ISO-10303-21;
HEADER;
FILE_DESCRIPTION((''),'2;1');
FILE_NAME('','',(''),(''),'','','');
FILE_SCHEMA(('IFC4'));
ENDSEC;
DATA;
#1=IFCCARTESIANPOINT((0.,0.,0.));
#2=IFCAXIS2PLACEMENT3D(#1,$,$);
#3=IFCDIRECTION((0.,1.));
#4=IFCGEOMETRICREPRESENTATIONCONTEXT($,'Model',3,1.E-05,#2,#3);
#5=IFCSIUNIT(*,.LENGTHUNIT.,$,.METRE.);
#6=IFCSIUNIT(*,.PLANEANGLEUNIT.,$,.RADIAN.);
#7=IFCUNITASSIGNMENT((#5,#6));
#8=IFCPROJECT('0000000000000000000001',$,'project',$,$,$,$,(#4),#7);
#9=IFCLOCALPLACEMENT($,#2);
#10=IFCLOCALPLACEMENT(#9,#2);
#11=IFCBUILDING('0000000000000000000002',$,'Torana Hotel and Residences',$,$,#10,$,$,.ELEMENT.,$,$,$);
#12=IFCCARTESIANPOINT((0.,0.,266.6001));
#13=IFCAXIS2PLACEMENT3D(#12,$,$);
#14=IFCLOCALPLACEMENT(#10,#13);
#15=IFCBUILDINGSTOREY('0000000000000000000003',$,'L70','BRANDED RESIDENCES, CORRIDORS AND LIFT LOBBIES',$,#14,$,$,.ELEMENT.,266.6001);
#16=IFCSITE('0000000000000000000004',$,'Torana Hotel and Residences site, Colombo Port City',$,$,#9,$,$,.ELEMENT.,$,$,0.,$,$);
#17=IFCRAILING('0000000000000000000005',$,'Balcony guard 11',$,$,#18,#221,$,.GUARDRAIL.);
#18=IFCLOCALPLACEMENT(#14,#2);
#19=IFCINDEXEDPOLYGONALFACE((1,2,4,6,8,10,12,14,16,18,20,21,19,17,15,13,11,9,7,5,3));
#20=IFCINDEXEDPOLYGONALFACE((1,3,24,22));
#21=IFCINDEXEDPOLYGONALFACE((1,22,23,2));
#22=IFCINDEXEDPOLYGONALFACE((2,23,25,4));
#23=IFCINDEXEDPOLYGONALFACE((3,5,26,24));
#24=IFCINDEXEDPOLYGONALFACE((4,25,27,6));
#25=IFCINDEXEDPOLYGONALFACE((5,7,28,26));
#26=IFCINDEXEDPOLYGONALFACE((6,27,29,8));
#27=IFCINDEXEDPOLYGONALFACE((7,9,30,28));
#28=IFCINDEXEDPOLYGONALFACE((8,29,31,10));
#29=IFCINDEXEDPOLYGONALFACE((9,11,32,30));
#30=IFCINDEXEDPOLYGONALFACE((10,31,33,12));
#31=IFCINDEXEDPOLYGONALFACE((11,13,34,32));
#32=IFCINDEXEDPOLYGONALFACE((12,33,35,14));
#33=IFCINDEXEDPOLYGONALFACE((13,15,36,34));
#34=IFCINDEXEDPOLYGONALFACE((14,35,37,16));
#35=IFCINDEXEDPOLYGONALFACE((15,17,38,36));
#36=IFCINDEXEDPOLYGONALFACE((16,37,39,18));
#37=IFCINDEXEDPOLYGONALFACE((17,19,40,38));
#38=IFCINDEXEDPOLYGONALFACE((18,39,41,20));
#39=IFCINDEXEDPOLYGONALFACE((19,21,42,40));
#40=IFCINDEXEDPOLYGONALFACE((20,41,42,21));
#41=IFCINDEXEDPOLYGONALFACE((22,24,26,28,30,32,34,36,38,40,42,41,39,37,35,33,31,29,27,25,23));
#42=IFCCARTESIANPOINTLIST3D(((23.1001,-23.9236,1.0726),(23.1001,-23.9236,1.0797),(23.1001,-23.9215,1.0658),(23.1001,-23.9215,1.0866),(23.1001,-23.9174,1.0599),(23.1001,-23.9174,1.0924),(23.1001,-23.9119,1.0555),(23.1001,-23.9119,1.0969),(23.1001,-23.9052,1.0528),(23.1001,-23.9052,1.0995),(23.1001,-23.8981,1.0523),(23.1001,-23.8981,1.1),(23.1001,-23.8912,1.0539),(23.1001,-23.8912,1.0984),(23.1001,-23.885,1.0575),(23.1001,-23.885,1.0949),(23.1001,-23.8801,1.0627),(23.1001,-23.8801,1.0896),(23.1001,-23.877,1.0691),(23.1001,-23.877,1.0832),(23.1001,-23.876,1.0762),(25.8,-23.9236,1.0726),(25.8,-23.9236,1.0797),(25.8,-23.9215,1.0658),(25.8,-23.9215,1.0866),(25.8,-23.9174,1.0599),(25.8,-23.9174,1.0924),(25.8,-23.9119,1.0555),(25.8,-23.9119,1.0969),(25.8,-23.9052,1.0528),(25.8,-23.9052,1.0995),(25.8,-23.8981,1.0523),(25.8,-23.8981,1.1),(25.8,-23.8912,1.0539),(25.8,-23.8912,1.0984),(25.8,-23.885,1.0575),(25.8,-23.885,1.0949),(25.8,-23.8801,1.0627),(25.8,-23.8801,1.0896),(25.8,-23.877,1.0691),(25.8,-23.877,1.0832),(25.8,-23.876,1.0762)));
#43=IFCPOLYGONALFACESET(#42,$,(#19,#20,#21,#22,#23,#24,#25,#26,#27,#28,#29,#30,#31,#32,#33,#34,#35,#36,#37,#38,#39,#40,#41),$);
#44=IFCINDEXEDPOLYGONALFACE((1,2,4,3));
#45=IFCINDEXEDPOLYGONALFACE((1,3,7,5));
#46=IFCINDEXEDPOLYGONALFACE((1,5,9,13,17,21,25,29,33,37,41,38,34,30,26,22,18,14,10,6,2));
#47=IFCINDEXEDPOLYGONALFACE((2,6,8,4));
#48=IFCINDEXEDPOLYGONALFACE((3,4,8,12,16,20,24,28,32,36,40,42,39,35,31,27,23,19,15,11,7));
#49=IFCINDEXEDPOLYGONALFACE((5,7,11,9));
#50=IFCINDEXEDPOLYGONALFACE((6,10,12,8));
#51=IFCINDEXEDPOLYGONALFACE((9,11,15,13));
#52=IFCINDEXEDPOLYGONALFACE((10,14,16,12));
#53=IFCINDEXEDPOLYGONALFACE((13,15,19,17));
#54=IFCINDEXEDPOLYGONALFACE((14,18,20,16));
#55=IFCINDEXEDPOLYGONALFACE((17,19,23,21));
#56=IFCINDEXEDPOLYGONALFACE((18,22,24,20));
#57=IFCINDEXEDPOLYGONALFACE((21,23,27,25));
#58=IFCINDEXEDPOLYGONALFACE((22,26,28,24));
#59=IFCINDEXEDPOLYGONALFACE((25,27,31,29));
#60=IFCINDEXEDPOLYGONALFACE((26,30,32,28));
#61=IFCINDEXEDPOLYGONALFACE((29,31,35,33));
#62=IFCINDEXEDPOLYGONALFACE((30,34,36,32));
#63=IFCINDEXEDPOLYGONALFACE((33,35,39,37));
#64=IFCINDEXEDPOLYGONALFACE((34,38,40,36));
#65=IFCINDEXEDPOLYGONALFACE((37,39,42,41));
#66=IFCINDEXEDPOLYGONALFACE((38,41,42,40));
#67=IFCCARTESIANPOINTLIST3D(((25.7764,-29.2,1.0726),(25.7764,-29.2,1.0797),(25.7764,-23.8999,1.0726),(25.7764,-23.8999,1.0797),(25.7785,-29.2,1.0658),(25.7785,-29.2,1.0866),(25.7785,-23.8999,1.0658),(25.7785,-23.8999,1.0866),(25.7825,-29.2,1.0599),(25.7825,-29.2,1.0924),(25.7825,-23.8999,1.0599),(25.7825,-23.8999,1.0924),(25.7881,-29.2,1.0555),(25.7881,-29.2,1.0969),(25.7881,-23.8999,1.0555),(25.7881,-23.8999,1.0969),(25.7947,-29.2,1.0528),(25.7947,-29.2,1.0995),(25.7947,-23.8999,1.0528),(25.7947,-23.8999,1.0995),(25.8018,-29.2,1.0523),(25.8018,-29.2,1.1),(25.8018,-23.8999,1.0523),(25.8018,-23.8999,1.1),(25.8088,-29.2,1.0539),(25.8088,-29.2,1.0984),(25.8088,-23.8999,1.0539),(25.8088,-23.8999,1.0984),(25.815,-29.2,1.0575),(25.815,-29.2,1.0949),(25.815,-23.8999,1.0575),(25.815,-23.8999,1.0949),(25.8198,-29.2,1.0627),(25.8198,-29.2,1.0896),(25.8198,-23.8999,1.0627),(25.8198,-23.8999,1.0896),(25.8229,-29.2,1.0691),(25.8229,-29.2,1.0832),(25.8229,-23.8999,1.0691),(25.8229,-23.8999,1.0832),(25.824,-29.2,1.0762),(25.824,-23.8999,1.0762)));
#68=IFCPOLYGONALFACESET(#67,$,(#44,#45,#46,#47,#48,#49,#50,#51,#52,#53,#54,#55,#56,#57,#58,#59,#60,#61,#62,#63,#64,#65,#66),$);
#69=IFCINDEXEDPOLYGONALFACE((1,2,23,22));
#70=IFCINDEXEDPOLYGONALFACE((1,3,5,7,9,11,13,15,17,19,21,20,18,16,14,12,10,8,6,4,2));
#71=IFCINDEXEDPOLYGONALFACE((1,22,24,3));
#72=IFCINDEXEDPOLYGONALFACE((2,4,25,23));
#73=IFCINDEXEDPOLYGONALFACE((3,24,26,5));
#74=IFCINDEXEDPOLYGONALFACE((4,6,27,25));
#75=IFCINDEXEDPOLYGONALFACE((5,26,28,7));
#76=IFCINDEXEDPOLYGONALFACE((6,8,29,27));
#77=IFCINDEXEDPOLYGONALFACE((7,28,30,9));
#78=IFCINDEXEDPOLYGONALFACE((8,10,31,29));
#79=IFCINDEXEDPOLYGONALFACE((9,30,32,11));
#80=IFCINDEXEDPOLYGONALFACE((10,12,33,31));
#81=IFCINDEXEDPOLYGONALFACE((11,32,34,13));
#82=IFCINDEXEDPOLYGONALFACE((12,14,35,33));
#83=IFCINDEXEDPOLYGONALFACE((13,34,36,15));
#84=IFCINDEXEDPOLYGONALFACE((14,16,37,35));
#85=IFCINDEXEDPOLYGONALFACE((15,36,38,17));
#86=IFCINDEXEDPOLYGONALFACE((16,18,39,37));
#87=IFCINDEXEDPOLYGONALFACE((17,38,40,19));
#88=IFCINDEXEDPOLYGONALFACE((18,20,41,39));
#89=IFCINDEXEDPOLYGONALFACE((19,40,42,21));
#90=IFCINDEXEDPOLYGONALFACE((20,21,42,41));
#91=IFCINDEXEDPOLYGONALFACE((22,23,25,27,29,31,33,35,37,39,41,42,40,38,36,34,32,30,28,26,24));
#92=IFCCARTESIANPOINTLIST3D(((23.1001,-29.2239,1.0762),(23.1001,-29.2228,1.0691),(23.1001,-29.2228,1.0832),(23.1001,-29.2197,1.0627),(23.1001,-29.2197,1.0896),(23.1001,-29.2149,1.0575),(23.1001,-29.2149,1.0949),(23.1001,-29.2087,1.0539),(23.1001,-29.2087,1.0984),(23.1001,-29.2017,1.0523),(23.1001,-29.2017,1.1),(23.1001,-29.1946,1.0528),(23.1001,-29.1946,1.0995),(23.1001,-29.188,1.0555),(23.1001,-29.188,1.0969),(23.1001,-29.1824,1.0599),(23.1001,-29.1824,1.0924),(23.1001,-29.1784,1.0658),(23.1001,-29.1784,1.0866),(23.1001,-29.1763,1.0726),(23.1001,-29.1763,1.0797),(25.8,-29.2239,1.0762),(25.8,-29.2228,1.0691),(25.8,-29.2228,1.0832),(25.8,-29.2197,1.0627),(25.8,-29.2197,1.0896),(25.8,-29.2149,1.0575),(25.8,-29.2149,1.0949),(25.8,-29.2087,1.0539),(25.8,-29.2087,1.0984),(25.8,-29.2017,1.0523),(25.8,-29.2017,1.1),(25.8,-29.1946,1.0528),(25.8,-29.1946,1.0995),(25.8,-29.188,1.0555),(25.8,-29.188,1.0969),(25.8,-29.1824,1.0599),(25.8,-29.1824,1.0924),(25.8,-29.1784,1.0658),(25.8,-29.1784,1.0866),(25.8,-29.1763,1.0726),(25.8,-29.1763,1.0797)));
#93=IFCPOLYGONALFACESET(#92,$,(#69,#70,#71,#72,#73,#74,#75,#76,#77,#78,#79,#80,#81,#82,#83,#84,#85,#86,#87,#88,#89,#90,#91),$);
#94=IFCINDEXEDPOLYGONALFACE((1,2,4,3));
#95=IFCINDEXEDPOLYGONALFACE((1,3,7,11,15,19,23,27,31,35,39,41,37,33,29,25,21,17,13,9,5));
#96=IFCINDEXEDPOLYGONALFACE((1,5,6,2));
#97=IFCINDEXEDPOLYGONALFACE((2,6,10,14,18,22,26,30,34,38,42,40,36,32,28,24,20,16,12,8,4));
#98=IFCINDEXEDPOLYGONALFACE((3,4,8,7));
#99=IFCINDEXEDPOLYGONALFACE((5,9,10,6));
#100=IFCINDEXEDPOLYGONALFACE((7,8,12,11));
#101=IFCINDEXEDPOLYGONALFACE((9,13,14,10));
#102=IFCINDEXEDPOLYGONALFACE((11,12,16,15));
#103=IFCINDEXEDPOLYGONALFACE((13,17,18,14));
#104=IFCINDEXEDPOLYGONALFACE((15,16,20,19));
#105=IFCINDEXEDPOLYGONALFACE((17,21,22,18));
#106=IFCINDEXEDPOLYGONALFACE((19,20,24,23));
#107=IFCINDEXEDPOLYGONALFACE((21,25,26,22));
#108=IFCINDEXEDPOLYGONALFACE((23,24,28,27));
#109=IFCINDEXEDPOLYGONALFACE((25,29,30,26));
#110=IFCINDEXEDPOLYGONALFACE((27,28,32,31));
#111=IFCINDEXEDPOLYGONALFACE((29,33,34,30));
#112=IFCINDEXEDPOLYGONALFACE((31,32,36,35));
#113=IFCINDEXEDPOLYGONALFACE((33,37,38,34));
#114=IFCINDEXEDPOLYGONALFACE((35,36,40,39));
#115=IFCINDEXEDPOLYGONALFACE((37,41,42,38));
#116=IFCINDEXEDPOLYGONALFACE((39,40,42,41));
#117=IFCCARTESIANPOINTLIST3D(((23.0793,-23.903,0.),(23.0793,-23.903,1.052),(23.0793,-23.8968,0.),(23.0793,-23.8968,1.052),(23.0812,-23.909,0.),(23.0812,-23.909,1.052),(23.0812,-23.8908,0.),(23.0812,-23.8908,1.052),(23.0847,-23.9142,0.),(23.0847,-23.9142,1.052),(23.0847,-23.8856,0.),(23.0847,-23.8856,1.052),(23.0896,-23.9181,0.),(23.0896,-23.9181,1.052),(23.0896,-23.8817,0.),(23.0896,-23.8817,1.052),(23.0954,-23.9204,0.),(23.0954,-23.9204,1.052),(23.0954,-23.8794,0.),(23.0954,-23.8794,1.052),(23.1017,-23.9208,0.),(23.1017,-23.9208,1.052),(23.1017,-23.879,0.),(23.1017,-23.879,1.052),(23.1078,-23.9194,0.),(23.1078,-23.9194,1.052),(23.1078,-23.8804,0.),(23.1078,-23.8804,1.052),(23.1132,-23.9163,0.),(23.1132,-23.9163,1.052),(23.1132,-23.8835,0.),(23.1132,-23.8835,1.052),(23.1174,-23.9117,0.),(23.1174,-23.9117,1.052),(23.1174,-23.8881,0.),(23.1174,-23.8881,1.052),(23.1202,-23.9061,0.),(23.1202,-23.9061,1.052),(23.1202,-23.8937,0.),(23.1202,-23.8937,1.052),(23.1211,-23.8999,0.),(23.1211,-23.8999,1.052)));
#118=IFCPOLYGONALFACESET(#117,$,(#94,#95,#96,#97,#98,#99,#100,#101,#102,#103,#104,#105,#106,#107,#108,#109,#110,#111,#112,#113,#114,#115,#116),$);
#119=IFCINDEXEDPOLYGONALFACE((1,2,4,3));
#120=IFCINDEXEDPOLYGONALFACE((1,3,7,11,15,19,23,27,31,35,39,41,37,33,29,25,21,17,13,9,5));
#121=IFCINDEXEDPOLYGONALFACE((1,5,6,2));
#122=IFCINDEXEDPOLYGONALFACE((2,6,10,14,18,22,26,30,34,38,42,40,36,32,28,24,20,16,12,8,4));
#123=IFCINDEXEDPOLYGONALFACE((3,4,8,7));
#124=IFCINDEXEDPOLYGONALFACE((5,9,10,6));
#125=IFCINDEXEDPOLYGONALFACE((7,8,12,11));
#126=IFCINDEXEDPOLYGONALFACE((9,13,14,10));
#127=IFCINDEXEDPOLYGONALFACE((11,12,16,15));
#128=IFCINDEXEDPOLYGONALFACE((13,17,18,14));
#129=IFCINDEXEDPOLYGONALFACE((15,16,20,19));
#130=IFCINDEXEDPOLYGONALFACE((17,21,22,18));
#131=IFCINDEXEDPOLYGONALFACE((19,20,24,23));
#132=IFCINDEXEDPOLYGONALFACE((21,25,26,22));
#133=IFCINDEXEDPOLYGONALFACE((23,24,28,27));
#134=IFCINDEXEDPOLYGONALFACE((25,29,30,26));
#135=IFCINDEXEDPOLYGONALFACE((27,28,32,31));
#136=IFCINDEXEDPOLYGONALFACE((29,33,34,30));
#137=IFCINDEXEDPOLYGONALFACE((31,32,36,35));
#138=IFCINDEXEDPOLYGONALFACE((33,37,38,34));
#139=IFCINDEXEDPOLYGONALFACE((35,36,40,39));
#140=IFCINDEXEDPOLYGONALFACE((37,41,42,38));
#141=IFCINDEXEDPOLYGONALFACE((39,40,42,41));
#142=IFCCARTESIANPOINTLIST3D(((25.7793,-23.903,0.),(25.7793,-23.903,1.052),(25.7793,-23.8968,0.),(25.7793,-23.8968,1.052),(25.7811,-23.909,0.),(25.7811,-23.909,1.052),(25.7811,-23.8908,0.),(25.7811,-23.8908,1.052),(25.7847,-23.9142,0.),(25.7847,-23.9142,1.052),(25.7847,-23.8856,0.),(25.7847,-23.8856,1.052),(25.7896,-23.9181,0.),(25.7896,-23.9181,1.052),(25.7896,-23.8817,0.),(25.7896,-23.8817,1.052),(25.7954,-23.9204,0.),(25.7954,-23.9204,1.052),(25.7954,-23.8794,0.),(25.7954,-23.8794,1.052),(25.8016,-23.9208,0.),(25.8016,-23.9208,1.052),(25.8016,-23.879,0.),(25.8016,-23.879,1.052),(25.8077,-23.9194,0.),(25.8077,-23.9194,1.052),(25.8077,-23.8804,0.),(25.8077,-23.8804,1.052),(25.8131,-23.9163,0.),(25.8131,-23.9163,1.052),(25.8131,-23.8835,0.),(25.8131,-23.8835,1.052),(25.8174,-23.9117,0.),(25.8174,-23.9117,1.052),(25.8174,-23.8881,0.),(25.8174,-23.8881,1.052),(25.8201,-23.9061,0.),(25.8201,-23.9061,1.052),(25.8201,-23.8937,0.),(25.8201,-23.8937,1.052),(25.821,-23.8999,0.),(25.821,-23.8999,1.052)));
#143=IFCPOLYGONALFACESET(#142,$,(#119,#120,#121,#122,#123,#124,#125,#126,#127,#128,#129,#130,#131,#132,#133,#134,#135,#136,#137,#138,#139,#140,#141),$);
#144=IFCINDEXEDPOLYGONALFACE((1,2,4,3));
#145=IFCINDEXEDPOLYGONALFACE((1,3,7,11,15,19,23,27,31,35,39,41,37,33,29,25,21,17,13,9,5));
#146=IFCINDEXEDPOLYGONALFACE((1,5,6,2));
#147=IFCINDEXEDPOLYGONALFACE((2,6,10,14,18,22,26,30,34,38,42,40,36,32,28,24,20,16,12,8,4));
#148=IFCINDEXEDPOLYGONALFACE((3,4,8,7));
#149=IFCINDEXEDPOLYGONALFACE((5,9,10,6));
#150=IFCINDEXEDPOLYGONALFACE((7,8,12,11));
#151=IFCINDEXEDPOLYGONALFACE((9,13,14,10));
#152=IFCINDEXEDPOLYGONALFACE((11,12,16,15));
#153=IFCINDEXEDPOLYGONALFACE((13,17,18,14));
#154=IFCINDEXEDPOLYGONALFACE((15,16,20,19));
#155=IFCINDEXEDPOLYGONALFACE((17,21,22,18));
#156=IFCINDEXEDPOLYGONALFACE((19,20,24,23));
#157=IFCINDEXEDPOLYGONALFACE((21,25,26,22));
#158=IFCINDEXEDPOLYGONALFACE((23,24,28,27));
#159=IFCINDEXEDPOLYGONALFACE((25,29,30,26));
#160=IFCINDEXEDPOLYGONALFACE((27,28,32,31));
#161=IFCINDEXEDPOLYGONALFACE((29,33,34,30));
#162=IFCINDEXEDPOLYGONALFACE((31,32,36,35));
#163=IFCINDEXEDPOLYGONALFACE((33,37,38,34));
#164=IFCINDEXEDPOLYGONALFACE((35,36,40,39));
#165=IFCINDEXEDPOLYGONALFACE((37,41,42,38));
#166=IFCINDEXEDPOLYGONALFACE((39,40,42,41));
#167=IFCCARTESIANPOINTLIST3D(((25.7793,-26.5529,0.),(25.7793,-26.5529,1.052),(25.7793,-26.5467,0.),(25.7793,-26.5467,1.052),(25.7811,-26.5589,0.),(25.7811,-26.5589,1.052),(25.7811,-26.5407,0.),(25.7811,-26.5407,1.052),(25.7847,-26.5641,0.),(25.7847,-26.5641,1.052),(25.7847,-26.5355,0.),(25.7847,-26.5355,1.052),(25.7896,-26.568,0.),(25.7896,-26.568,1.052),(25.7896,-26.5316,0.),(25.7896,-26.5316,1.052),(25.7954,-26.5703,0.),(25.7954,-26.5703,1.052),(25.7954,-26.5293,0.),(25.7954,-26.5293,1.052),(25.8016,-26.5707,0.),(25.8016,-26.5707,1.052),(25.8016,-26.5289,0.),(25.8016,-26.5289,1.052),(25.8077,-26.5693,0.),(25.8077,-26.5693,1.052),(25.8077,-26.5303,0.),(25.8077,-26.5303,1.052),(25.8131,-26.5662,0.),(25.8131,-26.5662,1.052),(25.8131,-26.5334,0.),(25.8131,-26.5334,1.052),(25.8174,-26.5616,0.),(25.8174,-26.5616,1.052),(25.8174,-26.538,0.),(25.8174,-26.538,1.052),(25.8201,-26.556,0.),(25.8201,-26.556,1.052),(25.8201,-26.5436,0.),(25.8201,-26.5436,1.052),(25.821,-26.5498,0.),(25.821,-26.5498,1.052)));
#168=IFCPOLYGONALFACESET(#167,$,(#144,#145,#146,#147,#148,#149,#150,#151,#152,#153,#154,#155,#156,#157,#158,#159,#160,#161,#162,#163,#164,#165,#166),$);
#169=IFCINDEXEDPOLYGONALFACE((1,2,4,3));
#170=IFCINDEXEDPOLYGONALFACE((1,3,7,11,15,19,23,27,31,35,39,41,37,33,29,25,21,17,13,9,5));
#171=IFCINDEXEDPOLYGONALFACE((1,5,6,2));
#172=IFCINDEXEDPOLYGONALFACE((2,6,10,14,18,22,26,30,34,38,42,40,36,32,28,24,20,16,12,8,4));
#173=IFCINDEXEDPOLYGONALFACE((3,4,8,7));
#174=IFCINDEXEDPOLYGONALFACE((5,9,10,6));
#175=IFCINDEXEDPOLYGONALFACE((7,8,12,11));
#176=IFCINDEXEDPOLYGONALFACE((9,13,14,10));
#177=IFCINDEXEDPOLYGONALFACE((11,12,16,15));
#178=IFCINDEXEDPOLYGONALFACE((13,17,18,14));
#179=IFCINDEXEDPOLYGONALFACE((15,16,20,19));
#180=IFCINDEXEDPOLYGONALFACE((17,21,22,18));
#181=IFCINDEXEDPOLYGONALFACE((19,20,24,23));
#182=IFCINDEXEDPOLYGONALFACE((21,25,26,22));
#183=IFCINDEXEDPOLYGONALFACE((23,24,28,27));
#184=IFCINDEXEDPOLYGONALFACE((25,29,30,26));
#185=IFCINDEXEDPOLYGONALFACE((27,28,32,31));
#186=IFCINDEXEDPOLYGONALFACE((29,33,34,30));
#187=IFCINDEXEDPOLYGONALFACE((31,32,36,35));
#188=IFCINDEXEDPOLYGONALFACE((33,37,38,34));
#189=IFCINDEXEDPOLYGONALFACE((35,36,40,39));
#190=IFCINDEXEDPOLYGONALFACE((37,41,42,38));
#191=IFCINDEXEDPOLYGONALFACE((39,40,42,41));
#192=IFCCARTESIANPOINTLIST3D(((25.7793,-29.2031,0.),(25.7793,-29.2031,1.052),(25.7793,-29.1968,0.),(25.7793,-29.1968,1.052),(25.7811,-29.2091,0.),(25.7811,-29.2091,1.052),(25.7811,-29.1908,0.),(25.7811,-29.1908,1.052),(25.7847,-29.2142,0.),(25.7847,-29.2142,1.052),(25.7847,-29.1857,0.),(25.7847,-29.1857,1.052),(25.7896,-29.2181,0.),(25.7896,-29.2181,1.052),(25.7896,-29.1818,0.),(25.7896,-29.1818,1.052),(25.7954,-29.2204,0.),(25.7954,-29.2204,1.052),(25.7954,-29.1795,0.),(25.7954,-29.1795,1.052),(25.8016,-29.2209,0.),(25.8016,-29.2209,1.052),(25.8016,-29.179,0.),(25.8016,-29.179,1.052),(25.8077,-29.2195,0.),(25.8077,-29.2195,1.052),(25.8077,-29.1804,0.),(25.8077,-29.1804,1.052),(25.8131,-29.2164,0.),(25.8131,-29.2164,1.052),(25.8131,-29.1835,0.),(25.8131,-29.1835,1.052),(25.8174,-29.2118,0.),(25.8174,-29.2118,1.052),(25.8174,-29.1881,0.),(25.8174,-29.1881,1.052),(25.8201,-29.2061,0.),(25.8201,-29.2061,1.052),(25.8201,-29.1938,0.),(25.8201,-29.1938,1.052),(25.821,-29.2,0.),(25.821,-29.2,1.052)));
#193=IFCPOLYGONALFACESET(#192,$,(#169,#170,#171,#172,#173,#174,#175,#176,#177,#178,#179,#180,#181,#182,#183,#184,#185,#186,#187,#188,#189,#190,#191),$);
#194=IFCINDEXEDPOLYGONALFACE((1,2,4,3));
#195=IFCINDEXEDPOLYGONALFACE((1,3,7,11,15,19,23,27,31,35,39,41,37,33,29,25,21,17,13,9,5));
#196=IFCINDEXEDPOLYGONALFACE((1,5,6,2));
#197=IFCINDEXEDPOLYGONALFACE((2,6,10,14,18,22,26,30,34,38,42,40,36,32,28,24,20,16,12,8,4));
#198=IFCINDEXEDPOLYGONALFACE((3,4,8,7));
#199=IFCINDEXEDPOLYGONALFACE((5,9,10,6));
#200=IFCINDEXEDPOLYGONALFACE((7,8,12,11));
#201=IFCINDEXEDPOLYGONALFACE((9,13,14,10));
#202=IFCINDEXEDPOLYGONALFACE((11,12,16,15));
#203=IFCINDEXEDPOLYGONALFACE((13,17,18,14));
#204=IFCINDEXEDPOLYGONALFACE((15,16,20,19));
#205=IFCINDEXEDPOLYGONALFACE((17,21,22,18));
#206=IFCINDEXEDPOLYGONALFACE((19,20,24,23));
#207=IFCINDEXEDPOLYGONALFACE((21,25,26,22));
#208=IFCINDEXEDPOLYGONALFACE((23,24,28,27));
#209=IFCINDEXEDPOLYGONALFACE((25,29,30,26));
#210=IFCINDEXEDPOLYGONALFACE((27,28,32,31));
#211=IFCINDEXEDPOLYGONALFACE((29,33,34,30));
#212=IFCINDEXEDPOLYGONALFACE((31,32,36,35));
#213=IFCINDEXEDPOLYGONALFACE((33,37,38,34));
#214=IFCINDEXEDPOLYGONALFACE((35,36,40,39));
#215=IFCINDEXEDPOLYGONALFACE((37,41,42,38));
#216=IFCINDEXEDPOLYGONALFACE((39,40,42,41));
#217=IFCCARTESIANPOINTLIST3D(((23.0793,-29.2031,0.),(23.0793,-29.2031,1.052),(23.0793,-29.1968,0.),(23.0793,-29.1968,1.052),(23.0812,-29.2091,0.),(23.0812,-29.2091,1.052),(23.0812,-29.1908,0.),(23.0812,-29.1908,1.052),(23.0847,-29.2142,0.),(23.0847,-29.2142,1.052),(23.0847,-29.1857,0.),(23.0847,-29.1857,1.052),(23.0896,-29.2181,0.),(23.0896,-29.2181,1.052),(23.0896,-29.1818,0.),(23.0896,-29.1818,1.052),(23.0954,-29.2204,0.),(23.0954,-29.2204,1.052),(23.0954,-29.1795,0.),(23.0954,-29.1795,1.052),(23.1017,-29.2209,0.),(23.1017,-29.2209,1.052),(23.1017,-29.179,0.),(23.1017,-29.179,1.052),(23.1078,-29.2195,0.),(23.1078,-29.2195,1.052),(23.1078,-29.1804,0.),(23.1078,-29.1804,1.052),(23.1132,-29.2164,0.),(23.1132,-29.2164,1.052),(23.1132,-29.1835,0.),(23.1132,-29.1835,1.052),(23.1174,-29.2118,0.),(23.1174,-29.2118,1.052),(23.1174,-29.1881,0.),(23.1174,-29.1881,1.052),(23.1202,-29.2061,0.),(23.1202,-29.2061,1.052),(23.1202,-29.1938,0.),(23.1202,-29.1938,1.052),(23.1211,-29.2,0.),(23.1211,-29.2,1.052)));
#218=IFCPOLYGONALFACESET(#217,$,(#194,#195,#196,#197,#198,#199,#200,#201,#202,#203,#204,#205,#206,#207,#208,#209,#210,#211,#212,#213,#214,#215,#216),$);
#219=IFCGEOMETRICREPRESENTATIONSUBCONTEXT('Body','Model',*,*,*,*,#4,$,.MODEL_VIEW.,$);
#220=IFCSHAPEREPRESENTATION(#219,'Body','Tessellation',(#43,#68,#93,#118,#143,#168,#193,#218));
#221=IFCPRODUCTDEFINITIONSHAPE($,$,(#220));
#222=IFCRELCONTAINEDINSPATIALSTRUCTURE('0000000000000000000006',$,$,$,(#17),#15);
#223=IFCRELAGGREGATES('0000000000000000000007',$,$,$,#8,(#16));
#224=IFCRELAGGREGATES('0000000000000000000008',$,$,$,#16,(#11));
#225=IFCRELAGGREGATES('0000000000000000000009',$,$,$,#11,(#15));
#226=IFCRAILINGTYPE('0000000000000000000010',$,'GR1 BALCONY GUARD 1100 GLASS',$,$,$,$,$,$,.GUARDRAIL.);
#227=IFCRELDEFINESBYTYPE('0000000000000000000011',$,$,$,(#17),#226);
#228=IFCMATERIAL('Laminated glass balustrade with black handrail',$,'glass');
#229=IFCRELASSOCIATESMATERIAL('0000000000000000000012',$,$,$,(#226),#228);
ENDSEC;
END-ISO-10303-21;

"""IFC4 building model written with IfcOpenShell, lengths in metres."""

from ifc_helpers import new_model, si_unit, direction, frame, origin, origin_2d, place, context, subcontext, project, spatial, circle, extrude, material, type_object, element, save


model = new_model("IFC4")

# Units and contexts
model_context = context("Model", 3, precision=1e-05, world=origin(), true_north=direction((0.0, 1.0)))
body_context = subcontext(model_context, "Body", "Model", "MODEL_VIEW")
ifc_project = project(units=[si_unit("LENGTHUNIT", "METRE"), si_unit("PLANEANGLEUNIT", "RADIAN")], contexts=[model_context])

# Site, building, storey
site_placement = place(None, origin())
site = spatial("IfcSite", under=ifc_project, at=site_placement, Name="Torana Hotel and Residences site, Colombo Port City", CompositionType="ELEMENT", RefElevation=0.0)
building_placement = place(site_placement, origin())
building = spatial("IfcBuilding", under=site, at=building_placement, Name="Torana Hotel and Residences", CompositionType="ELEMENT")
storey_placement = place(building_placement, frame((0.0, 0.0, 266.6001)))
storey = spatial("IfcBuildingStorey", under=building, at=storey_placement, Name="L70", Description="BRANDED RESIDENCES, CORRIDORS AND LIFT LOBBIES", CompositionType="ELEMENT", Elevation=266.6001)

# Railing
ifc_material_1 = material(Name="Laminated glass balustrade with black handrail", Category="glass")
railing_type = type_object("IfcRailingType", Name="GR1 BALCONY GUARD 1100 GLASS", PredefinedType="GUARDRAIL", material=ifc_material_1)
railing_1_placement = place(storey_placement, frame((23.1001, -23.8999, 0.0)))
element("IfcRailing", 1, at=railing_1_placement, inside=storey, type_object=railing_type, Name="Balcony guard 11", PredefinedType="GUARDRAIL", context=body_context, shape_type="SweptSolid", body=[
    extrude(circle(Radius=0.0239, at=origin_2d()), frame((0.0, 0.0, 1.0762), z_axis=(1.0, 0.0, 0.0), x_axis=(0.0, 1.0, 0.0)), (0.0, 0.0, 1.0), 2.7),
    extrude(circle(Radius=0.0239, at=origin_2d()), frame((2.7, 0.0, 1.0762), z_axis=(0.0, -1.0, 0.0), x_axis=(1.0, 0.0, 0.0)), (0.0, 0.0, 1.0), 5.3),
    extrude(circle(Radius=0.0239, at=origin_2d()), frame((2.7, -5.3, 1.0762), z_axis=(-1.0, 0.0, 0.0), x_axis=(0.0, -1.0, 0.0)), (0.0, 0.0, 1.0), 2.7),
    extrude(circle(Radius=0.021, at=origin_2d()), origin(), (0.0, 0.0, 1.0), 1.052),
    extrude(circle(Radius=0.021, at=origin_2d()), frame((2.7, 0.0, 0.0)), (0.0, 0.0, 1.0), 1.052),
    extrude(circle(Radius=0.021, at=origin_2d()), frame((2.7, -2.6499, 0.0)), (0.0, 0.0, 1.0), 1.052),
    extrude(circle(Radius=0.021, at=origin_2d()), frame((2.7, -5.3, 0.0)), (0.0, 0.0, 1.0), 1.052),
    extrude(circle(Radius=0.021, at=origin_2d()), frame((0.0, -5.3, 0.0)), (0.0, 0.0, 1.0), 1.052),
])

save(model, "model.ifc")
